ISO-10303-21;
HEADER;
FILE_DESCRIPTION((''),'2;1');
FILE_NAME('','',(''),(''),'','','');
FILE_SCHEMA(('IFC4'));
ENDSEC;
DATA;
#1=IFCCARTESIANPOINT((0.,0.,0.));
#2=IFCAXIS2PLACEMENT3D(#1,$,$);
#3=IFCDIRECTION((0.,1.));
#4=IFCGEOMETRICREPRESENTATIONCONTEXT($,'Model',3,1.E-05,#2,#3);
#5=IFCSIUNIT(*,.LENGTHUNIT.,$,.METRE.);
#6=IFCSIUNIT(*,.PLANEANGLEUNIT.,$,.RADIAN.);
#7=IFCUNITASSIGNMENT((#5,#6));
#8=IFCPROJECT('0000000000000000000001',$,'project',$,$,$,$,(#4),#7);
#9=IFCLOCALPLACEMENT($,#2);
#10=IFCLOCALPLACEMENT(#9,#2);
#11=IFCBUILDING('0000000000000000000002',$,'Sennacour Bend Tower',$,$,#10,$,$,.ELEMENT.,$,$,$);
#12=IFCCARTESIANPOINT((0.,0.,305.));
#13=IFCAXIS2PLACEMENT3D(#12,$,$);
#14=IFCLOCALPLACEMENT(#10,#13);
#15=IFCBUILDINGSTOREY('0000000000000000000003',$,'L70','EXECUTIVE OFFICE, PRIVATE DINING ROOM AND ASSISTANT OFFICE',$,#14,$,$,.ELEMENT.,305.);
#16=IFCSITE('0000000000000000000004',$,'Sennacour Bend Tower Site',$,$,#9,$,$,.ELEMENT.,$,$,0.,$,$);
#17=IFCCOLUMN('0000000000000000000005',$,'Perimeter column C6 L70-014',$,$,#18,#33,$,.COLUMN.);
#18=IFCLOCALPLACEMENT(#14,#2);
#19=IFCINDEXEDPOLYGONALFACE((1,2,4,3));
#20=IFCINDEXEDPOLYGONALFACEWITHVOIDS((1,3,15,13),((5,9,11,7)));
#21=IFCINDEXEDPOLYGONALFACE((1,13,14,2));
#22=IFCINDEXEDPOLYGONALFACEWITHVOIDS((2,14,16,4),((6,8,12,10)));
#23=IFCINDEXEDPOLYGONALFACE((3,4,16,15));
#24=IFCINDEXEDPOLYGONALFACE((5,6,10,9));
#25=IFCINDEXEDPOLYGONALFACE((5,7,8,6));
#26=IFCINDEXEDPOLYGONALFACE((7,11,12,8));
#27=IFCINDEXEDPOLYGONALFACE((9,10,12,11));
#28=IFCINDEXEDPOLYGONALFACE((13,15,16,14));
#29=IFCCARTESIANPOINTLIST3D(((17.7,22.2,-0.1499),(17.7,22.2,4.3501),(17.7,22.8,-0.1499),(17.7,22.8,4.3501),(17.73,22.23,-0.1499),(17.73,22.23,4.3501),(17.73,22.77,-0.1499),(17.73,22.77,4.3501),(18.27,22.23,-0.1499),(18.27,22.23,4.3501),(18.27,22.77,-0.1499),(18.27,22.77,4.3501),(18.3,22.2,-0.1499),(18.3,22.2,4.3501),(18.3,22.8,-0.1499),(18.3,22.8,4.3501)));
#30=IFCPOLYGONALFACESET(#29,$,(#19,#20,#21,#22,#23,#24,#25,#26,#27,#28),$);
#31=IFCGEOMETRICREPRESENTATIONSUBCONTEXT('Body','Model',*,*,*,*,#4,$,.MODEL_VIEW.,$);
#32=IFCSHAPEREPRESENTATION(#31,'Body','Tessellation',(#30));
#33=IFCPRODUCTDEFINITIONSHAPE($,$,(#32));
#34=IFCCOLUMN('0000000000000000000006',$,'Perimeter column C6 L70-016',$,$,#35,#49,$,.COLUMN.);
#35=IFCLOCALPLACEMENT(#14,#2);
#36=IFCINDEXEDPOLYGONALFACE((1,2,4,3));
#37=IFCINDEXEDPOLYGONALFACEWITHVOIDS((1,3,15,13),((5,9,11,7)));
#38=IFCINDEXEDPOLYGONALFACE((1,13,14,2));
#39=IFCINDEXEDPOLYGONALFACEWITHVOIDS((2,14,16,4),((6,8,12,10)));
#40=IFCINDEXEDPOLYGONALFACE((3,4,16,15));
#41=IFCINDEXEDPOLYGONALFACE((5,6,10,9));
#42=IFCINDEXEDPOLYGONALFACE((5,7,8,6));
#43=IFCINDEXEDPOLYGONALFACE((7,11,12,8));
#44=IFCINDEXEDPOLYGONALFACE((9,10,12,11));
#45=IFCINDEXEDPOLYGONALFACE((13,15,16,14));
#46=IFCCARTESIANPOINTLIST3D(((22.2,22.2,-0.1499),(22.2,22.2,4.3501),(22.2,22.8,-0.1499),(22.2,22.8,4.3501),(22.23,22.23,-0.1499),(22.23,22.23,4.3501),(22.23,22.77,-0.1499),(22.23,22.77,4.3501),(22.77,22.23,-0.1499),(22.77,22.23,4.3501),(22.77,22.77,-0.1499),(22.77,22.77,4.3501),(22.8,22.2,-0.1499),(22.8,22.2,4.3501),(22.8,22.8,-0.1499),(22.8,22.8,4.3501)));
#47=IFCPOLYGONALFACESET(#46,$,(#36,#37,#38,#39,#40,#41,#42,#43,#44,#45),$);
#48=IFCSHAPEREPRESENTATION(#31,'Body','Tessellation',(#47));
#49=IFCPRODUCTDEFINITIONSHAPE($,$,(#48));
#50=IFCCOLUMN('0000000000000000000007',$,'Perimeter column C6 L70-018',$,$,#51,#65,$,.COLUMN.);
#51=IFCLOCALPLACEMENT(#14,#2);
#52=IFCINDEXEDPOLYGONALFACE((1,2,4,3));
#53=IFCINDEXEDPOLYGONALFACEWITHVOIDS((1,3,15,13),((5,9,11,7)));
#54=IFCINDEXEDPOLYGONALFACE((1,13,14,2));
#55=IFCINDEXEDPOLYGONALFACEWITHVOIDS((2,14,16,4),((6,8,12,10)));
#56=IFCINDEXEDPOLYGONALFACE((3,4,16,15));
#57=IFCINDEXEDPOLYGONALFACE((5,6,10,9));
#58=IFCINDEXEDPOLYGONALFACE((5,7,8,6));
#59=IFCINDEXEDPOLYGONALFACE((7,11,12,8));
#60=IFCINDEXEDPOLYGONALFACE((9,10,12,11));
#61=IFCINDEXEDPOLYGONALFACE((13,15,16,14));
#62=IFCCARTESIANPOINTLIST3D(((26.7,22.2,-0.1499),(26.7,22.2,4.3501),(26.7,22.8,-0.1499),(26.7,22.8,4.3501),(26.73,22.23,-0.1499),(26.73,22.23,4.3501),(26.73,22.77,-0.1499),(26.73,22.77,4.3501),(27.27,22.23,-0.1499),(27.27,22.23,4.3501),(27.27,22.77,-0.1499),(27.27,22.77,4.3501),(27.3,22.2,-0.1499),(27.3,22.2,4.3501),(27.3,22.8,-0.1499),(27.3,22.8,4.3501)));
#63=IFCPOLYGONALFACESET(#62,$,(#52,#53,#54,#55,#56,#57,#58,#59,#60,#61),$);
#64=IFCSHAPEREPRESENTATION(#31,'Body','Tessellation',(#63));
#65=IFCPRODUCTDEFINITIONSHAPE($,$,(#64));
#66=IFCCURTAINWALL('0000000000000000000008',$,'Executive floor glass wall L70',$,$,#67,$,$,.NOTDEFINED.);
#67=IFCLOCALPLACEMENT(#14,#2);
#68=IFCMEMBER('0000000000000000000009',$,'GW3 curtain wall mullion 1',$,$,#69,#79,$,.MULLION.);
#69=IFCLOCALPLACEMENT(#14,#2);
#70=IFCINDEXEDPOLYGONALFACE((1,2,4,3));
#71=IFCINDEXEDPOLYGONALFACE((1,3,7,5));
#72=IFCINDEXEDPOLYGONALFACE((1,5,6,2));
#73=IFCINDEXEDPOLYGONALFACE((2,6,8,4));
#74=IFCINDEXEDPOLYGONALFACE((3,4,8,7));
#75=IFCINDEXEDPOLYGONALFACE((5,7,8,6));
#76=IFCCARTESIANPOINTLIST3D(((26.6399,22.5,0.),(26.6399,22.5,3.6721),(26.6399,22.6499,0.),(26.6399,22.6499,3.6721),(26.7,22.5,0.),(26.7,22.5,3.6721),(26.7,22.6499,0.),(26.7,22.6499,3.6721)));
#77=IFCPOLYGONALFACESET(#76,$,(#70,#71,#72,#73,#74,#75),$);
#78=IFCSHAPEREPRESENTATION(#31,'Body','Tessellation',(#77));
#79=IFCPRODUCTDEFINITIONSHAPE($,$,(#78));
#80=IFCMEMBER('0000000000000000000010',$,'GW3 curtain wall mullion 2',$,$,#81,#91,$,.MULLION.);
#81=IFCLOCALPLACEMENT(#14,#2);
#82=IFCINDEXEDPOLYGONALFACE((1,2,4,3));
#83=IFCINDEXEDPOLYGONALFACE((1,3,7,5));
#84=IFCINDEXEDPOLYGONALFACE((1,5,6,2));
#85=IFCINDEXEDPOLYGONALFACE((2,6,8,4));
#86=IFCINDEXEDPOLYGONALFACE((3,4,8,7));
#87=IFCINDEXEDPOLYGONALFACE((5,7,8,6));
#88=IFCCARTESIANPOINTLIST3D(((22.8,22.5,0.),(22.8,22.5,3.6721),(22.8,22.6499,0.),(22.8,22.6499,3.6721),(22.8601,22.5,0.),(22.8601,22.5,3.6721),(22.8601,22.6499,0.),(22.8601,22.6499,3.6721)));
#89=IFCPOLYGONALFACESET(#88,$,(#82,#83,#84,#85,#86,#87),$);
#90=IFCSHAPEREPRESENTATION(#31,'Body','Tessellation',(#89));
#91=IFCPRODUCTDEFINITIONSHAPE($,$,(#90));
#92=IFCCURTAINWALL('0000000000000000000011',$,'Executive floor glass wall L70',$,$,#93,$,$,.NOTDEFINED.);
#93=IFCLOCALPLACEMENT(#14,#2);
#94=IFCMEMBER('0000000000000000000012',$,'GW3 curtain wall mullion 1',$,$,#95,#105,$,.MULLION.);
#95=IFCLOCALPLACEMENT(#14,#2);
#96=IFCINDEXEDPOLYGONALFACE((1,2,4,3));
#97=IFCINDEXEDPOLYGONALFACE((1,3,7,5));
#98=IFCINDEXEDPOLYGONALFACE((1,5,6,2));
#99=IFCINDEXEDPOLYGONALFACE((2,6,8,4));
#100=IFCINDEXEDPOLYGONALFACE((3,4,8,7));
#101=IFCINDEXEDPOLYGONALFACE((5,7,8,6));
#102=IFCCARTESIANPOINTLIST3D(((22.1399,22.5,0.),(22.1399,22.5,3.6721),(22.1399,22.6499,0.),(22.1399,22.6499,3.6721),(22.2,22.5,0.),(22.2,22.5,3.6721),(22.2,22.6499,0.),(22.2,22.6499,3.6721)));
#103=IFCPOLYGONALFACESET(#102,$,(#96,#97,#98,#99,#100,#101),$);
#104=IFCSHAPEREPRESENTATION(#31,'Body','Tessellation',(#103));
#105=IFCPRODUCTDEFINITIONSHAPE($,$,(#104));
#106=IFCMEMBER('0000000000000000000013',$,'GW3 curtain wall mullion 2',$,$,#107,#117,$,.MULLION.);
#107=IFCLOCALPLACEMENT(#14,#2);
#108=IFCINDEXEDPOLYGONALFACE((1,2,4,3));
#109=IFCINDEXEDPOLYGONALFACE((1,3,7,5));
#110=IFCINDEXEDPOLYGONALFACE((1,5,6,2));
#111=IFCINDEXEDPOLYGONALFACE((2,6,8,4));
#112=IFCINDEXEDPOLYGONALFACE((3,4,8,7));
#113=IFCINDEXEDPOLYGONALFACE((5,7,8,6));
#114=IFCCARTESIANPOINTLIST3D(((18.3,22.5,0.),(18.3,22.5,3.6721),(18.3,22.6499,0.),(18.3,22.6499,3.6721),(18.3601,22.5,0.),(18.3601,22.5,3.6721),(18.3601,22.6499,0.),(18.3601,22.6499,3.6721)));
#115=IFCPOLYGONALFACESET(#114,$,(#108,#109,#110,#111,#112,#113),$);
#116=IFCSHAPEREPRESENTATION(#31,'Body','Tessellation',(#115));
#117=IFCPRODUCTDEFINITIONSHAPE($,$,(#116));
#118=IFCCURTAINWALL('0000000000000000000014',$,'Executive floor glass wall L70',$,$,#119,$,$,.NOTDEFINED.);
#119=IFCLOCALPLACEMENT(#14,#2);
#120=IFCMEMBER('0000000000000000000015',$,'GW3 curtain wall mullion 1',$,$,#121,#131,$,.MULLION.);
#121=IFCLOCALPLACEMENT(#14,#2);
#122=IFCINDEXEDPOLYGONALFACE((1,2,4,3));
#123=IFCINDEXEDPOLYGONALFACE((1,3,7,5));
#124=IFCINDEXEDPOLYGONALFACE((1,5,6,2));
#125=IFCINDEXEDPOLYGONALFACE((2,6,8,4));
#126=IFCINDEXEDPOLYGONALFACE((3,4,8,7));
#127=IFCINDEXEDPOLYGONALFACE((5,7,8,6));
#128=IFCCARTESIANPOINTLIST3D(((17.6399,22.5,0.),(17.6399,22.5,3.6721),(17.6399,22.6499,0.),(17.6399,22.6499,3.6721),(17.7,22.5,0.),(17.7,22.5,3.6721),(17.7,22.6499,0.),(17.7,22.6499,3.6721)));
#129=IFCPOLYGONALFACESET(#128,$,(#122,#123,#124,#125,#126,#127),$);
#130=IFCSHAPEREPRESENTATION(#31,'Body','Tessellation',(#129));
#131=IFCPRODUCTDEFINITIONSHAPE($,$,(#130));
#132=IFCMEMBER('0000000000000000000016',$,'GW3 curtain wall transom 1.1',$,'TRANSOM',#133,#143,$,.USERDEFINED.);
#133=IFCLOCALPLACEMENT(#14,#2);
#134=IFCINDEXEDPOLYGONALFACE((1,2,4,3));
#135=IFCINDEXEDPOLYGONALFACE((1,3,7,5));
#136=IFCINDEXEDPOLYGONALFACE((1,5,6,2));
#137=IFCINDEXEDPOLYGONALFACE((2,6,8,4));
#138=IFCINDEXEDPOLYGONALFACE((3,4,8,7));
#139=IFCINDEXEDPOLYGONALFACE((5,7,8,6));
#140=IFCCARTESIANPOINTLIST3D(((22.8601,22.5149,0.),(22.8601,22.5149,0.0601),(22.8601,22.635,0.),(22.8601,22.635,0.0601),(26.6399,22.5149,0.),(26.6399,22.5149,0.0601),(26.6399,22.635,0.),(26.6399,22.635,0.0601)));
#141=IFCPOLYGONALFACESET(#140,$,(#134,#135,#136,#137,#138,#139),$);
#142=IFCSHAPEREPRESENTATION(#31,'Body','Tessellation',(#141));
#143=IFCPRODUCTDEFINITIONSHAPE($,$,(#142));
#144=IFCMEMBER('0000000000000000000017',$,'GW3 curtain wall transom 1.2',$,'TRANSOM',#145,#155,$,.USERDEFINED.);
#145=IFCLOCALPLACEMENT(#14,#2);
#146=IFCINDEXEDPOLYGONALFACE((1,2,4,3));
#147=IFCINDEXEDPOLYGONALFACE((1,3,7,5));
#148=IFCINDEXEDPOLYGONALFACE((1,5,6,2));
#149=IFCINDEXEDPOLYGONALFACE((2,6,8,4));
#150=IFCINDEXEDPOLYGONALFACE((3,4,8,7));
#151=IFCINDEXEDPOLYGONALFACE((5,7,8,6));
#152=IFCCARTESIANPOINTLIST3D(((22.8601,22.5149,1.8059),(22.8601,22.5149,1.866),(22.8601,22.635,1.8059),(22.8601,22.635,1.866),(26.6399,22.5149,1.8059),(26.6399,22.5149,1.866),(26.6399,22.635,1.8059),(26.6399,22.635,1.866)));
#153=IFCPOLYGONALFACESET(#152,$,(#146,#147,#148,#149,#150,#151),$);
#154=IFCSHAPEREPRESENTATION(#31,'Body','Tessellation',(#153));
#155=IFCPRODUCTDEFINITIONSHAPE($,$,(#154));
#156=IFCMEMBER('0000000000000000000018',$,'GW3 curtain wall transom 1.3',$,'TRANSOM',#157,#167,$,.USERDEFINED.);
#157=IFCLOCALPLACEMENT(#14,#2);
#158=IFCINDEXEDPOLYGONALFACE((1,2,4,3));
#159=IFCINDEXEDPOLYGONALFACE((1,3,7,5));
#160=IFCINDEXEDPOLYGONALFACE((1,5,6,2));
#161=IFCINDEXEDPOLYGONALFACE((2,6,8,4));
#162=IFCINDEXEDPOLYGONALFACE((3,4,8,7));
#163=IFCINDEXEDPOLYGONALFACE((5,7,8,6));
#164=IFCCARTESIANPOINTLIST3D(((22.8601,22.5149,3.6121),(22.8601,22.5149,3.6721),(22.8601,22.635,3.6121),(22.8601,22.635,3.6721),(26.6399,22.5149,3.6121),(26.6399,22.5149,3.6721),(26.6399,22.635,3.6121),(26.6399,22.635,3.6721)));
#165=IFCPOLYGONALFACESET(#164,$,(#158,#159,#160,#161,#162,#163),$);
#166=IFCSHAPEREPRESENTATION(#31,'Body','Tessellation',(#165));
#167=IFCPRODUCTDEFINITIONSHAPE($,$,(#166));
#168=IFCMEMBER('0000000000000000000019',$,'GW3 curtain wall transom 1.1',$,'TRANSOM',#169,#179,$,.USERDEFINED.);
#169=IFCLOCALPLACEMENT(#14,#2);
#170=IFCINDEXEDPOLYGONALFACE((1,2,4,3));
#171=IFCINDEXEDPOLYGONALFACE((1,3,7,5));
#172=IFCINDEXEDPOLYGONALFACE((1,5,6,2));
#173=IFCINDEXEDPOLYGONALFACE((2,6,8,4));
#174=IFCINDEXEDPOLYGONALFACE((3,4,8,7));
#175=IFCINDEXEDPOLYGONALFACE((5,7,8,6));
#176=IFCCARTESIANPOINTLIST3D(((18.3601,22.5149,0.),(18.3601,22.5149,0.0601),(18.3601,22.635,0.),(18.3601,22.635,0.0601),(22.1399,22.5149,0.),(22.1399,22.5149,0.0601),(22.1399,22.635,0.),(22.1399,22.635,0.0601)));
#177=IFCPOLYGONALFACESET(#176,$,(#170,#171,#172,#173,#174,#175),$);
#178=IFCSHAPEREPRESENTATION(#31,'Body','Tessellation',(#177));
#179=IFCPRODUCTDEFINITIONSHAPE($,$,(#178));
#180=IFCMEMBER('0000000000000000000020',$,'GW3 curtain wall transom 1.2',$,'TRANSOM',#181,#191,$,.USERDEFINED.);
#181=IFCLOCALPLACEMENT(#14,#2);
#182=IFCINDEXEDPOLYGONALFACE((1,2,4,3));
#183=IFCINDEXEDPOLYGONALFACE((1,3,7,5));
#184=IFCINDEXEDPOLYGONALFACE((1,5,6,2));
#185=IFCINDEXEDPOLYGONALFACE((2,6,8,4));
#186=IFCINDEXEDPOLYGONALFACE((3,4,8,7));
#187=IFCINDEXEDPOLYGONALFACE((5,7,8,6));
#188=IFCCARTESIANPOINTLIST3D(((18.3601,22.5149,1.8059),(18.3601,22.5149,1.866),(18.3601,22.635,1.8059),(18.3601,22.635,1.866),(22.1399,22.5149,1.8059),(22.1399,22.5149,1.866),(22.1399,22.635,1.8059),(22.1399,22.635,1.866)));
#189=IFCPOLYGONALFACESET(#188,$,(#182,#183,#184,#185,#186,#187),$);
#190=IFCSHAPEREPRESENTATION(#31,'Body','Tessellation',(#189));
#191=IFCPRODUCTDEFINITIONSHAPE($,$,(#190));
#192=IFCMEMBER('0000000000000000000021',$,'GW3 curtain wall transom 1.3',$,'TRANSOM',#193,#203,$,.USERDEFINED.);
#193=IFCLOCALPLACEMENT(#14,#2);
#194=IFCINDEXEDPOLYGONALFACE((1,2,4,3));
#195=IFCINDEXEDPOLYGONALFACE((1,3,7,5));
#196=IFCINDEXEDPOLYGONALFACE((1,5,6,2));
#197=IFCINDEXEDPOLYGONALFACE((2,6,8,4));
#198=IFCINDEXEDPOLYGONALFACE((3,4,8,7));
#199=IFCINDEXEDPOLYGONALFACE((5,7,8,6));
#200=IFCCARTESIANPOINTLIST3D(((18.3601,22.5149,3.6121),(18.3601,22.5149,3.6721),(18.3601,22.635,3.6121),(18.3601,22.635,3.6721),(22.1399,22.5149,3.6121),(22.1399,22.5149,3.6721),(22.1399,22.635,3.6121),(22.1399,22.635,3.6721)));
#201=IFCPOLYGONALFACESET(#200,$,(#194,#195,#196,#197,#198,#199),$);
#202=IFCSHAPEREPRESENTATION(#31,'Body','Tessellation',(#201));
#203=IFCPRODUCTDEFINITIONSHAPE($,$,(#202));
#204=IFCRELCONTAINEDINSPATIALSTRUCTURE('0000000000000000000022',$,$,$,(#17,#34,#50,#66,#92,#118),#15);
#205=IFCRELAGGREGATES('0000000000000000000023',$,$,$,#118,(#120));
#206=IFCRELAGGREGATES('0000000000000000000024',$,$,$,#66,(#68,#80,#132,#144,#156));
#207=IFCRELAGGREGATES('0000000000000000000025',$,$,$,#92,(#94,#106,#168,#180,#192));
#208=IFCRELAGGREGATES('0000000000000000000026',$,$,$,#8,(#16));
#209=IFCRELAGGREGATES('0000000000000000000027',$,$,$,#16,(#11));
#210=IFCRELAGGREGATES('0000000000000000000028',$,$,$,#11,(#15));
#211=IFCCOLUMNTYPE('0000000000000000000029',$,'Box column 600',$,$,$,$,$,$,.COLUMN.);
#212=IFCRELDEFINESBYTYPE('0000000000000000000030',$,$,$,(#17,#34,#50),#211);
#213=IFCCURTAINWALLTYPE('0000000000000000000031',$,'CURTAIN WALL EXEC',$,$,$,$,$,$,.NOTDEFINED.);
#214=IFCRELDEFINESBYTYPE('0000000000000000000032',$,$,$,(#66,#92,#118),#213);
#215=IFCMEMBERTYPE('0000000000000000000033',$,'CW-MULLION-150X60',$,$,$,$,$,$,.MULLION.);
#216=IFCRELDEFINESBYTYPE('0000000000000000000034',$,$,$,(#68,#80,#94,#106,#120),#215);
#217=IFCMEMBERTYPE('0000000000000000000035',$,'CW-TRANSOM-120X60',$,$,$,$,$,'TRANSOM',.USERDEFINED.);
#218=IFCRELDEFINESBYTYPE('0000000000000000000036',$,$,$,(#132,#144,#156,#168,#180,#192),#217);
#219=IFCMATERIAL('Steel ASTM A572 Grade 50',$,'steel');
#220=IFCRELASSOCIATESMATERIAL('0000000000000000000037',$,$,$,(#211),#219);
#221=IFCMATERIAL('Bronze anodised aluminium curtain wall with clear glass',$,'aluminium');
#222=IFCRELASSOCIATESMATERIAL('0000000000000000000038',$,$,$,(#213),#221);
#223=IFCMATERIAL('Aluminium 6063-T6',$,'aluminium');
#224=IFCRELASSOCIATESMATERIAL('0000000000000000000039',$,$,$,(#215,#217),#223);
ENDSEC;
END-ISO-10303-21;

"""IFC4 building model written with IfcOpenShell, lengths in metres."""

from ifc_helpers import new_model, si_unit, direction, frame, origin, origin_2d, place, context, subcontext, project, spatial, rectangle, hollow_rectangle, extrude, material, material_profile, profile_set, type_object, element, aggregate, save


model = new_model("IFC4")

# Units and contexts
model_context = context("Model", 3, precision=1e-05, world=origin(), true_north=direction((0.0, 1.0)))
body_context = subcontext(model_context, "Body", "Model", "MODEL_VIEW")
ifc_project = project(units=[si_unit("LENGTHUNIT", "METRE"), si_unit("PLANEANGLEUNIT", "RADIAN")], contexts=[model_context])

# Site, building, storey
site_placement = place(None, origin())
site = spatial("IfcSite", under=ifc_project, at=site_placement, Name="Sennacour Bend Tower Site", CompositionType="ELEMENT", RefElevation=0.0)
building_placement = place(site_placement, origin())
building = spatial("IfcBuilding", under=site, at=building_placement, Name="Sennacour Bend Tower", CompositionType="ELEMENT")
storey_placement = place(building_placement, frame((0.0, 0.0, 305.0)))
storey = spatial("IfcBuildingStorey", under=building, at=storey_placement, Name="L70", Description="EXECUTIVE OFFICE, PRIVATE DINING ROOM AND ASSISTANT OFFICE", CompositionType="ELEMENT", Elevation=305.0)

# Columns
ifc_material_1 = material(Name="Steel ASTM A572 Grade 50", Category="steel")
ifc_material_profile_1 = material_profile(ifc_material_1, hollow_rectangle(XDim=0.6001, YDim=0.6001, WallThickness=0.03, at=origin_2d()), Name="Steel ASTM A572 Grade 50", Category="steel")
ifc_profile_set_1 = profile_set([ifc_material_profile_1], Name="Steel ASTM A572 Grade 50")
column_type = type_object("IfcColumnType", Name="Box column 600", PredefinedType="COLUMN", material=ifc_profile_set_1)
for number, where, z_axis, x_axis, name in (
    (1, (18.0, 22.5, -0.1499), (0.0, 0.0, 1.0), (1.0, 0.0, 0.0), "Perimeter column C6 L70-014"),
    (2, (22.5, 22.5, -0.1499), (0.0, 0.0, 1.0), (1.0, 0.0, 0.0), "Perimeter column C6 L70-016"),
    (3, (27.0, 22.5, -0.1499), (0.0, 0.0, 1.0), (1.0, 0.0, 0.0), "Perimeter column C6 L70-018"),
):
    element("IfcColumn", number, at=place(storey_placement, frame(where, z_axis=z_axis, x_axis=x_axis)), inside=storey, type_object=column_type, Name=name, PredefinedType="COLUMN", context=body_context, shape_type="SweptSolid", body=[
        extrude(hollow_rectangle(XDim=0.6001, YDim=0.6001, WallThickness=0.03, at=origin_2d()), origin(), (0.0, 0.0, 1.0), 4.5),
    ])

# Curtain walls, members
ifc_material_2 = material(Name="Bronze anodised aluminium curtain wall with clear glass", Category="aluminium")
curtain_wall_type = type_object("IfcCurtainWallType", Name="CURTAIN WALL EXEC", PredefinedType="NOTDEFINED", material=ifc_material_2)
curtain_wall_1_placement = place(storey_placement, origin())
curtain_wall_1 = element("IfcCurtainWall", 4, at=curtain_wall_1_placement, inside=storey, type_object=curtain_wall_type, Name="Executive floor glass wall L70", PredefinedType="NOTDEFINED")
ifc_material_3 = material(Name="Aluminium 6063-T6", Category="aluminium")
ifc_material_profile_2 = material_profile(ifc_material_3, rectangle(XDim=0.1499, YDim=0.0601, at=origin_2d()), Name="Aluminium 6063-T6", Category="aluminium")
ifc_profile_set_2 = profile_set([ifc_material_profile_2], Name="Aluminium 6063-T6")
member_type_1 = type_object("IfcMemberType", Name="CW-MULLION-150X60", PredefinedType="MULLION", material=ifc_profile_set_2)
member_1_placement = place(storey_placement, frame((26.6699, 22.575, 0.0), z_axis=(0.0, 0.0, 1.0), x_axis=(0.0, -1.0, 0.0)))
member_1 = element("IfcMember", 5, at=member_1_placement, type_object=member_type_1, Name="GW3 curtain wall mullion 1", PredefinedType="MULLION", context=body_context, shape_type="SweptSolid", body=[
    extrude(rectangle(XDim=0.1499, YDim=0.0601, at=origin_2d()), origin(), (0.0, 0.0, 1.0), 3.6721),
])
member_2_placement = place(storey_placement, frame((22.8301, 22.575, 0.0), z_axis=(0.0, 0.0, 1.0), x_axis=(0.0, -1.0, 0.0)))
member_2 = element("IfcMember", 6, at=member_2_placement, type_object=member_type_1, Name="GW3 curtain wall mullion 2", PredefinedType="MULLION", context=body_context, shape_type="SweptSolid", body=[
    extrude(rectangle(XDim=0.1499, YDim=0.0601, at=origin_2d()), origin(), (0.0, 0.0, 1.0), 3.6721),
])
curtain_wall_2_placement = place(storey_placement, origin())
curtain_wall_2 = element("IfcCurtainWall", 7, at=curtain_wall_2_placement, inside=storey, type_object=curtain_wall_type, Name="Executive floor glass wall L70", PredefinedType="NOTDEFINED")
member_3_placement = place(storey_placement, frame((22.1699, 22.575, 0.0), z_axis=(0.0, 0.0, 1.0), x_axis=(0.0, -1.0, 0.0)))
member_3 = element("IfcMember", 8, at=member_3_placement, type_object=member_type_1, Name="GW3 curtain wall mullion 1", PredefinedType="MULLION", context=body_context, shape_type="SweptSolid", body=[
    extrude(rectangle(XDim=0.1499, YDim=0.0601, at=origin_2d()), origin(), (0.0, 0.0, 1.0), 3.6721),
])
member_4_placement = place(storey_placement, frame((18.3301, 22.575, 0.0), z_axis=(0.0, 0.0, 1.0), x_axis=(0.0, -1.0, 0.0)))
member_4 = element("IfcMember", 9, at=member_4_placement, type_object=member_type_1, Name="GW3 curtain wall mullion 2", PredefinedType="MULLION", context=body_context, shape_type="SweptSolid", body=[
    extrude(rectangle(XDim=0.1499, YDim=0.0601, at=origin_2d()), origin(), (0.0, 0.0, 1.0), 3.6721),
])

# Curtain wall, member
curtain_wall_3_placement = place(storey_placement, origin())
curtain_wall_3 = element("IfcCurtainWall", 10, at=curtain_wall_3_placement, inside=storey, type_object=curtain_wall_type, Name="Executive floor glass wall L70", PredefinedType="NOTDEFINED")
member_5_placement = place(storey_placement, frame((17.6699, 22.575, 0.0), z_axis=(0.0, 0.0, 1.0), x_axis=(0.0, -1.0, 0.0)))
member_5 = element("IfcMember", 11, at=member_5_placement, type_object=member_type_1, Name="GW3 curtain wall mullion 1", PredefinedType="MULLION", context=body_context, shape_type="SweptSolid", body=[
    extrude(rectangle(XDim=0.1499, YDim=0.0601, at=origin_2d()), origin(), (0.0, 0.0, 1.0), 3.6721),
])

# Members
ifc_material_profile_3 = material_profile(ifc_material_3, rectangle(XDim=0.1201, YDim=0.0601, at=origin_2d()), Name="Aluminium 6063-T6", Category="aluminium")
ifc_profile_set_3 = profile_set([ifc_material_profile_3], Name="Aluminium 6063-T6")
member_type_2 = type_object("IfcMemberType", Name="CW-TRANSOM-120X60", ElementType="TRANSOM", PredefinedType="USERDEFINED", material=ifc_profile_set_3)
member_6_placement = place(storey_placement, frame((26.6399, 22.575, 0.03), z_axis=(-1.0, 0.0, 0.0), x_axis=(0.0, -1.0, 0.0)))
member_6 = element("IfcMember", 12, at=member_6_placement, type_object=member_type_2, Name="GW3 curtain wall transom 1.1", ObjectType="TRANSOM", PredefinedType="USERDEFINED", context=body_context, shape_type="SweptSolid", body=[
    extrude(rectangle(XDim=0.1201, YDim=0.0601, at=origin_2d()), origin(), (0.0, 0.0, 1.0), 3.7798),
])
member_7_placement = place(storey_placement, frame((26.6399, 22.575, 1.8359), z_axis=(-1.0, 0.0, 0.0), x_axis=(0.0, -1.0, 0.0)))
member_7 = element("IfcMember", 13, at=member_7_placement, type_object=member_type_2, Name="GW3 curtain wall transom 1.2", ObjectType="TRANSOM", PredefinedType="USERDEFINED", context=body_context, shape_type="SweptSolid", body=[
    extrude(rectangle(XDim=0.1201, YDim=0.0601, at=origin_2d()), origin(), (0.0, 0.0, 1.0), 3.7798),
])
member_8_placement = place(storey_placement, frame((26.6399, 22.575, 3.6421), z_axis=(-1.0, 0.0, 0.0), x_axis=(0.0, -1.0, 0.0)))
member_8 = element("IfcMember", 14, at=member_8_placement, type_object=member_type_2, Name="GW3 curtain wall transom 1.3", ObjectType="TRANSOM", PredefinedType="USERDEFINED", context=body_context, shape_type="SweptSolid", body=[
    extrude(rectangle(XDim=0.1201, YDim=0.0601, at=origin_2d()), origin(), (0.0, 0.0, 1.0), 3.7798),
])
member_9_placement = place(storey_placement, frame((22.1399, 22.575, 0.03), z_axis=(-1.0, 0.0, 0.0), x_axis=(0.0, -1.0, 0.0)))
member_9 = element("IfcMember", 15, at=member_9_placement, type_object=member_type_2, Name="GW3 curtain wall transom 1.1", ObjectType="TRANSOM", PredefinedType="USERDEFINED", context=body_context, shape_type="SweptSolid", body=[
    extrude(rectangle(XDim=0.1201, YDim=0.0601, at=origin_2d()), origin(), (0.0, 0.0, 1.0), 3.7798),
])
member_10_placement = place(storey_placement, frame((22.1399, 22.575, 1.8359), z_axis=(-1.0, 0.0, 0.0), x_axis=(0.0, -1.0, 0.0)))
member_10 = element("IfcMember", 16, at=member_10_placement, type_object=member_type_2, Name="GW3 curtain wall transom 1.2", ObjectType="TRANSOM", PredefinedType="USERDEFINED", context=body_context, shape_type="SweptSolid", body=[
    extrude(rectangle(XDim=0.1201, YDim=0.0601, at=origin_2d()), origin(), (0.0, 0.0, 1.0), 3.7798),
])
member_11_placement = place(storey_placement, frame((22.1399, 22.575, 3.6421), z_axis=(-1.0, 0.0, 0.0), x_axis=(0.0, -1.0, 0.0)))
member_11 = element("IfcMember", 17, at=member_11_placement, type_object=member_type_2, Name="GW3 curtain wall transom 1.3", ObjectType="TRANSOM", PredefinedType="USERDEFINED", context=body_context, shape_type="SweptSolid", body=[
    extrude(rectangle(XDim=0.1201, YDim=0.0601, at=origin_2d()), origin(), (0.0, 0.0, 1.0), 3.7798),
])
aggregate(curtain_wall_3, [member_5])

aggregate(curtain_wall_1, [member_1, member_2, member_6, member_7, member_8])
aggregate(curtain_wall_2, [member_3, member_4, member_9, member_10, member_11])

save(model, "model.ifc")
